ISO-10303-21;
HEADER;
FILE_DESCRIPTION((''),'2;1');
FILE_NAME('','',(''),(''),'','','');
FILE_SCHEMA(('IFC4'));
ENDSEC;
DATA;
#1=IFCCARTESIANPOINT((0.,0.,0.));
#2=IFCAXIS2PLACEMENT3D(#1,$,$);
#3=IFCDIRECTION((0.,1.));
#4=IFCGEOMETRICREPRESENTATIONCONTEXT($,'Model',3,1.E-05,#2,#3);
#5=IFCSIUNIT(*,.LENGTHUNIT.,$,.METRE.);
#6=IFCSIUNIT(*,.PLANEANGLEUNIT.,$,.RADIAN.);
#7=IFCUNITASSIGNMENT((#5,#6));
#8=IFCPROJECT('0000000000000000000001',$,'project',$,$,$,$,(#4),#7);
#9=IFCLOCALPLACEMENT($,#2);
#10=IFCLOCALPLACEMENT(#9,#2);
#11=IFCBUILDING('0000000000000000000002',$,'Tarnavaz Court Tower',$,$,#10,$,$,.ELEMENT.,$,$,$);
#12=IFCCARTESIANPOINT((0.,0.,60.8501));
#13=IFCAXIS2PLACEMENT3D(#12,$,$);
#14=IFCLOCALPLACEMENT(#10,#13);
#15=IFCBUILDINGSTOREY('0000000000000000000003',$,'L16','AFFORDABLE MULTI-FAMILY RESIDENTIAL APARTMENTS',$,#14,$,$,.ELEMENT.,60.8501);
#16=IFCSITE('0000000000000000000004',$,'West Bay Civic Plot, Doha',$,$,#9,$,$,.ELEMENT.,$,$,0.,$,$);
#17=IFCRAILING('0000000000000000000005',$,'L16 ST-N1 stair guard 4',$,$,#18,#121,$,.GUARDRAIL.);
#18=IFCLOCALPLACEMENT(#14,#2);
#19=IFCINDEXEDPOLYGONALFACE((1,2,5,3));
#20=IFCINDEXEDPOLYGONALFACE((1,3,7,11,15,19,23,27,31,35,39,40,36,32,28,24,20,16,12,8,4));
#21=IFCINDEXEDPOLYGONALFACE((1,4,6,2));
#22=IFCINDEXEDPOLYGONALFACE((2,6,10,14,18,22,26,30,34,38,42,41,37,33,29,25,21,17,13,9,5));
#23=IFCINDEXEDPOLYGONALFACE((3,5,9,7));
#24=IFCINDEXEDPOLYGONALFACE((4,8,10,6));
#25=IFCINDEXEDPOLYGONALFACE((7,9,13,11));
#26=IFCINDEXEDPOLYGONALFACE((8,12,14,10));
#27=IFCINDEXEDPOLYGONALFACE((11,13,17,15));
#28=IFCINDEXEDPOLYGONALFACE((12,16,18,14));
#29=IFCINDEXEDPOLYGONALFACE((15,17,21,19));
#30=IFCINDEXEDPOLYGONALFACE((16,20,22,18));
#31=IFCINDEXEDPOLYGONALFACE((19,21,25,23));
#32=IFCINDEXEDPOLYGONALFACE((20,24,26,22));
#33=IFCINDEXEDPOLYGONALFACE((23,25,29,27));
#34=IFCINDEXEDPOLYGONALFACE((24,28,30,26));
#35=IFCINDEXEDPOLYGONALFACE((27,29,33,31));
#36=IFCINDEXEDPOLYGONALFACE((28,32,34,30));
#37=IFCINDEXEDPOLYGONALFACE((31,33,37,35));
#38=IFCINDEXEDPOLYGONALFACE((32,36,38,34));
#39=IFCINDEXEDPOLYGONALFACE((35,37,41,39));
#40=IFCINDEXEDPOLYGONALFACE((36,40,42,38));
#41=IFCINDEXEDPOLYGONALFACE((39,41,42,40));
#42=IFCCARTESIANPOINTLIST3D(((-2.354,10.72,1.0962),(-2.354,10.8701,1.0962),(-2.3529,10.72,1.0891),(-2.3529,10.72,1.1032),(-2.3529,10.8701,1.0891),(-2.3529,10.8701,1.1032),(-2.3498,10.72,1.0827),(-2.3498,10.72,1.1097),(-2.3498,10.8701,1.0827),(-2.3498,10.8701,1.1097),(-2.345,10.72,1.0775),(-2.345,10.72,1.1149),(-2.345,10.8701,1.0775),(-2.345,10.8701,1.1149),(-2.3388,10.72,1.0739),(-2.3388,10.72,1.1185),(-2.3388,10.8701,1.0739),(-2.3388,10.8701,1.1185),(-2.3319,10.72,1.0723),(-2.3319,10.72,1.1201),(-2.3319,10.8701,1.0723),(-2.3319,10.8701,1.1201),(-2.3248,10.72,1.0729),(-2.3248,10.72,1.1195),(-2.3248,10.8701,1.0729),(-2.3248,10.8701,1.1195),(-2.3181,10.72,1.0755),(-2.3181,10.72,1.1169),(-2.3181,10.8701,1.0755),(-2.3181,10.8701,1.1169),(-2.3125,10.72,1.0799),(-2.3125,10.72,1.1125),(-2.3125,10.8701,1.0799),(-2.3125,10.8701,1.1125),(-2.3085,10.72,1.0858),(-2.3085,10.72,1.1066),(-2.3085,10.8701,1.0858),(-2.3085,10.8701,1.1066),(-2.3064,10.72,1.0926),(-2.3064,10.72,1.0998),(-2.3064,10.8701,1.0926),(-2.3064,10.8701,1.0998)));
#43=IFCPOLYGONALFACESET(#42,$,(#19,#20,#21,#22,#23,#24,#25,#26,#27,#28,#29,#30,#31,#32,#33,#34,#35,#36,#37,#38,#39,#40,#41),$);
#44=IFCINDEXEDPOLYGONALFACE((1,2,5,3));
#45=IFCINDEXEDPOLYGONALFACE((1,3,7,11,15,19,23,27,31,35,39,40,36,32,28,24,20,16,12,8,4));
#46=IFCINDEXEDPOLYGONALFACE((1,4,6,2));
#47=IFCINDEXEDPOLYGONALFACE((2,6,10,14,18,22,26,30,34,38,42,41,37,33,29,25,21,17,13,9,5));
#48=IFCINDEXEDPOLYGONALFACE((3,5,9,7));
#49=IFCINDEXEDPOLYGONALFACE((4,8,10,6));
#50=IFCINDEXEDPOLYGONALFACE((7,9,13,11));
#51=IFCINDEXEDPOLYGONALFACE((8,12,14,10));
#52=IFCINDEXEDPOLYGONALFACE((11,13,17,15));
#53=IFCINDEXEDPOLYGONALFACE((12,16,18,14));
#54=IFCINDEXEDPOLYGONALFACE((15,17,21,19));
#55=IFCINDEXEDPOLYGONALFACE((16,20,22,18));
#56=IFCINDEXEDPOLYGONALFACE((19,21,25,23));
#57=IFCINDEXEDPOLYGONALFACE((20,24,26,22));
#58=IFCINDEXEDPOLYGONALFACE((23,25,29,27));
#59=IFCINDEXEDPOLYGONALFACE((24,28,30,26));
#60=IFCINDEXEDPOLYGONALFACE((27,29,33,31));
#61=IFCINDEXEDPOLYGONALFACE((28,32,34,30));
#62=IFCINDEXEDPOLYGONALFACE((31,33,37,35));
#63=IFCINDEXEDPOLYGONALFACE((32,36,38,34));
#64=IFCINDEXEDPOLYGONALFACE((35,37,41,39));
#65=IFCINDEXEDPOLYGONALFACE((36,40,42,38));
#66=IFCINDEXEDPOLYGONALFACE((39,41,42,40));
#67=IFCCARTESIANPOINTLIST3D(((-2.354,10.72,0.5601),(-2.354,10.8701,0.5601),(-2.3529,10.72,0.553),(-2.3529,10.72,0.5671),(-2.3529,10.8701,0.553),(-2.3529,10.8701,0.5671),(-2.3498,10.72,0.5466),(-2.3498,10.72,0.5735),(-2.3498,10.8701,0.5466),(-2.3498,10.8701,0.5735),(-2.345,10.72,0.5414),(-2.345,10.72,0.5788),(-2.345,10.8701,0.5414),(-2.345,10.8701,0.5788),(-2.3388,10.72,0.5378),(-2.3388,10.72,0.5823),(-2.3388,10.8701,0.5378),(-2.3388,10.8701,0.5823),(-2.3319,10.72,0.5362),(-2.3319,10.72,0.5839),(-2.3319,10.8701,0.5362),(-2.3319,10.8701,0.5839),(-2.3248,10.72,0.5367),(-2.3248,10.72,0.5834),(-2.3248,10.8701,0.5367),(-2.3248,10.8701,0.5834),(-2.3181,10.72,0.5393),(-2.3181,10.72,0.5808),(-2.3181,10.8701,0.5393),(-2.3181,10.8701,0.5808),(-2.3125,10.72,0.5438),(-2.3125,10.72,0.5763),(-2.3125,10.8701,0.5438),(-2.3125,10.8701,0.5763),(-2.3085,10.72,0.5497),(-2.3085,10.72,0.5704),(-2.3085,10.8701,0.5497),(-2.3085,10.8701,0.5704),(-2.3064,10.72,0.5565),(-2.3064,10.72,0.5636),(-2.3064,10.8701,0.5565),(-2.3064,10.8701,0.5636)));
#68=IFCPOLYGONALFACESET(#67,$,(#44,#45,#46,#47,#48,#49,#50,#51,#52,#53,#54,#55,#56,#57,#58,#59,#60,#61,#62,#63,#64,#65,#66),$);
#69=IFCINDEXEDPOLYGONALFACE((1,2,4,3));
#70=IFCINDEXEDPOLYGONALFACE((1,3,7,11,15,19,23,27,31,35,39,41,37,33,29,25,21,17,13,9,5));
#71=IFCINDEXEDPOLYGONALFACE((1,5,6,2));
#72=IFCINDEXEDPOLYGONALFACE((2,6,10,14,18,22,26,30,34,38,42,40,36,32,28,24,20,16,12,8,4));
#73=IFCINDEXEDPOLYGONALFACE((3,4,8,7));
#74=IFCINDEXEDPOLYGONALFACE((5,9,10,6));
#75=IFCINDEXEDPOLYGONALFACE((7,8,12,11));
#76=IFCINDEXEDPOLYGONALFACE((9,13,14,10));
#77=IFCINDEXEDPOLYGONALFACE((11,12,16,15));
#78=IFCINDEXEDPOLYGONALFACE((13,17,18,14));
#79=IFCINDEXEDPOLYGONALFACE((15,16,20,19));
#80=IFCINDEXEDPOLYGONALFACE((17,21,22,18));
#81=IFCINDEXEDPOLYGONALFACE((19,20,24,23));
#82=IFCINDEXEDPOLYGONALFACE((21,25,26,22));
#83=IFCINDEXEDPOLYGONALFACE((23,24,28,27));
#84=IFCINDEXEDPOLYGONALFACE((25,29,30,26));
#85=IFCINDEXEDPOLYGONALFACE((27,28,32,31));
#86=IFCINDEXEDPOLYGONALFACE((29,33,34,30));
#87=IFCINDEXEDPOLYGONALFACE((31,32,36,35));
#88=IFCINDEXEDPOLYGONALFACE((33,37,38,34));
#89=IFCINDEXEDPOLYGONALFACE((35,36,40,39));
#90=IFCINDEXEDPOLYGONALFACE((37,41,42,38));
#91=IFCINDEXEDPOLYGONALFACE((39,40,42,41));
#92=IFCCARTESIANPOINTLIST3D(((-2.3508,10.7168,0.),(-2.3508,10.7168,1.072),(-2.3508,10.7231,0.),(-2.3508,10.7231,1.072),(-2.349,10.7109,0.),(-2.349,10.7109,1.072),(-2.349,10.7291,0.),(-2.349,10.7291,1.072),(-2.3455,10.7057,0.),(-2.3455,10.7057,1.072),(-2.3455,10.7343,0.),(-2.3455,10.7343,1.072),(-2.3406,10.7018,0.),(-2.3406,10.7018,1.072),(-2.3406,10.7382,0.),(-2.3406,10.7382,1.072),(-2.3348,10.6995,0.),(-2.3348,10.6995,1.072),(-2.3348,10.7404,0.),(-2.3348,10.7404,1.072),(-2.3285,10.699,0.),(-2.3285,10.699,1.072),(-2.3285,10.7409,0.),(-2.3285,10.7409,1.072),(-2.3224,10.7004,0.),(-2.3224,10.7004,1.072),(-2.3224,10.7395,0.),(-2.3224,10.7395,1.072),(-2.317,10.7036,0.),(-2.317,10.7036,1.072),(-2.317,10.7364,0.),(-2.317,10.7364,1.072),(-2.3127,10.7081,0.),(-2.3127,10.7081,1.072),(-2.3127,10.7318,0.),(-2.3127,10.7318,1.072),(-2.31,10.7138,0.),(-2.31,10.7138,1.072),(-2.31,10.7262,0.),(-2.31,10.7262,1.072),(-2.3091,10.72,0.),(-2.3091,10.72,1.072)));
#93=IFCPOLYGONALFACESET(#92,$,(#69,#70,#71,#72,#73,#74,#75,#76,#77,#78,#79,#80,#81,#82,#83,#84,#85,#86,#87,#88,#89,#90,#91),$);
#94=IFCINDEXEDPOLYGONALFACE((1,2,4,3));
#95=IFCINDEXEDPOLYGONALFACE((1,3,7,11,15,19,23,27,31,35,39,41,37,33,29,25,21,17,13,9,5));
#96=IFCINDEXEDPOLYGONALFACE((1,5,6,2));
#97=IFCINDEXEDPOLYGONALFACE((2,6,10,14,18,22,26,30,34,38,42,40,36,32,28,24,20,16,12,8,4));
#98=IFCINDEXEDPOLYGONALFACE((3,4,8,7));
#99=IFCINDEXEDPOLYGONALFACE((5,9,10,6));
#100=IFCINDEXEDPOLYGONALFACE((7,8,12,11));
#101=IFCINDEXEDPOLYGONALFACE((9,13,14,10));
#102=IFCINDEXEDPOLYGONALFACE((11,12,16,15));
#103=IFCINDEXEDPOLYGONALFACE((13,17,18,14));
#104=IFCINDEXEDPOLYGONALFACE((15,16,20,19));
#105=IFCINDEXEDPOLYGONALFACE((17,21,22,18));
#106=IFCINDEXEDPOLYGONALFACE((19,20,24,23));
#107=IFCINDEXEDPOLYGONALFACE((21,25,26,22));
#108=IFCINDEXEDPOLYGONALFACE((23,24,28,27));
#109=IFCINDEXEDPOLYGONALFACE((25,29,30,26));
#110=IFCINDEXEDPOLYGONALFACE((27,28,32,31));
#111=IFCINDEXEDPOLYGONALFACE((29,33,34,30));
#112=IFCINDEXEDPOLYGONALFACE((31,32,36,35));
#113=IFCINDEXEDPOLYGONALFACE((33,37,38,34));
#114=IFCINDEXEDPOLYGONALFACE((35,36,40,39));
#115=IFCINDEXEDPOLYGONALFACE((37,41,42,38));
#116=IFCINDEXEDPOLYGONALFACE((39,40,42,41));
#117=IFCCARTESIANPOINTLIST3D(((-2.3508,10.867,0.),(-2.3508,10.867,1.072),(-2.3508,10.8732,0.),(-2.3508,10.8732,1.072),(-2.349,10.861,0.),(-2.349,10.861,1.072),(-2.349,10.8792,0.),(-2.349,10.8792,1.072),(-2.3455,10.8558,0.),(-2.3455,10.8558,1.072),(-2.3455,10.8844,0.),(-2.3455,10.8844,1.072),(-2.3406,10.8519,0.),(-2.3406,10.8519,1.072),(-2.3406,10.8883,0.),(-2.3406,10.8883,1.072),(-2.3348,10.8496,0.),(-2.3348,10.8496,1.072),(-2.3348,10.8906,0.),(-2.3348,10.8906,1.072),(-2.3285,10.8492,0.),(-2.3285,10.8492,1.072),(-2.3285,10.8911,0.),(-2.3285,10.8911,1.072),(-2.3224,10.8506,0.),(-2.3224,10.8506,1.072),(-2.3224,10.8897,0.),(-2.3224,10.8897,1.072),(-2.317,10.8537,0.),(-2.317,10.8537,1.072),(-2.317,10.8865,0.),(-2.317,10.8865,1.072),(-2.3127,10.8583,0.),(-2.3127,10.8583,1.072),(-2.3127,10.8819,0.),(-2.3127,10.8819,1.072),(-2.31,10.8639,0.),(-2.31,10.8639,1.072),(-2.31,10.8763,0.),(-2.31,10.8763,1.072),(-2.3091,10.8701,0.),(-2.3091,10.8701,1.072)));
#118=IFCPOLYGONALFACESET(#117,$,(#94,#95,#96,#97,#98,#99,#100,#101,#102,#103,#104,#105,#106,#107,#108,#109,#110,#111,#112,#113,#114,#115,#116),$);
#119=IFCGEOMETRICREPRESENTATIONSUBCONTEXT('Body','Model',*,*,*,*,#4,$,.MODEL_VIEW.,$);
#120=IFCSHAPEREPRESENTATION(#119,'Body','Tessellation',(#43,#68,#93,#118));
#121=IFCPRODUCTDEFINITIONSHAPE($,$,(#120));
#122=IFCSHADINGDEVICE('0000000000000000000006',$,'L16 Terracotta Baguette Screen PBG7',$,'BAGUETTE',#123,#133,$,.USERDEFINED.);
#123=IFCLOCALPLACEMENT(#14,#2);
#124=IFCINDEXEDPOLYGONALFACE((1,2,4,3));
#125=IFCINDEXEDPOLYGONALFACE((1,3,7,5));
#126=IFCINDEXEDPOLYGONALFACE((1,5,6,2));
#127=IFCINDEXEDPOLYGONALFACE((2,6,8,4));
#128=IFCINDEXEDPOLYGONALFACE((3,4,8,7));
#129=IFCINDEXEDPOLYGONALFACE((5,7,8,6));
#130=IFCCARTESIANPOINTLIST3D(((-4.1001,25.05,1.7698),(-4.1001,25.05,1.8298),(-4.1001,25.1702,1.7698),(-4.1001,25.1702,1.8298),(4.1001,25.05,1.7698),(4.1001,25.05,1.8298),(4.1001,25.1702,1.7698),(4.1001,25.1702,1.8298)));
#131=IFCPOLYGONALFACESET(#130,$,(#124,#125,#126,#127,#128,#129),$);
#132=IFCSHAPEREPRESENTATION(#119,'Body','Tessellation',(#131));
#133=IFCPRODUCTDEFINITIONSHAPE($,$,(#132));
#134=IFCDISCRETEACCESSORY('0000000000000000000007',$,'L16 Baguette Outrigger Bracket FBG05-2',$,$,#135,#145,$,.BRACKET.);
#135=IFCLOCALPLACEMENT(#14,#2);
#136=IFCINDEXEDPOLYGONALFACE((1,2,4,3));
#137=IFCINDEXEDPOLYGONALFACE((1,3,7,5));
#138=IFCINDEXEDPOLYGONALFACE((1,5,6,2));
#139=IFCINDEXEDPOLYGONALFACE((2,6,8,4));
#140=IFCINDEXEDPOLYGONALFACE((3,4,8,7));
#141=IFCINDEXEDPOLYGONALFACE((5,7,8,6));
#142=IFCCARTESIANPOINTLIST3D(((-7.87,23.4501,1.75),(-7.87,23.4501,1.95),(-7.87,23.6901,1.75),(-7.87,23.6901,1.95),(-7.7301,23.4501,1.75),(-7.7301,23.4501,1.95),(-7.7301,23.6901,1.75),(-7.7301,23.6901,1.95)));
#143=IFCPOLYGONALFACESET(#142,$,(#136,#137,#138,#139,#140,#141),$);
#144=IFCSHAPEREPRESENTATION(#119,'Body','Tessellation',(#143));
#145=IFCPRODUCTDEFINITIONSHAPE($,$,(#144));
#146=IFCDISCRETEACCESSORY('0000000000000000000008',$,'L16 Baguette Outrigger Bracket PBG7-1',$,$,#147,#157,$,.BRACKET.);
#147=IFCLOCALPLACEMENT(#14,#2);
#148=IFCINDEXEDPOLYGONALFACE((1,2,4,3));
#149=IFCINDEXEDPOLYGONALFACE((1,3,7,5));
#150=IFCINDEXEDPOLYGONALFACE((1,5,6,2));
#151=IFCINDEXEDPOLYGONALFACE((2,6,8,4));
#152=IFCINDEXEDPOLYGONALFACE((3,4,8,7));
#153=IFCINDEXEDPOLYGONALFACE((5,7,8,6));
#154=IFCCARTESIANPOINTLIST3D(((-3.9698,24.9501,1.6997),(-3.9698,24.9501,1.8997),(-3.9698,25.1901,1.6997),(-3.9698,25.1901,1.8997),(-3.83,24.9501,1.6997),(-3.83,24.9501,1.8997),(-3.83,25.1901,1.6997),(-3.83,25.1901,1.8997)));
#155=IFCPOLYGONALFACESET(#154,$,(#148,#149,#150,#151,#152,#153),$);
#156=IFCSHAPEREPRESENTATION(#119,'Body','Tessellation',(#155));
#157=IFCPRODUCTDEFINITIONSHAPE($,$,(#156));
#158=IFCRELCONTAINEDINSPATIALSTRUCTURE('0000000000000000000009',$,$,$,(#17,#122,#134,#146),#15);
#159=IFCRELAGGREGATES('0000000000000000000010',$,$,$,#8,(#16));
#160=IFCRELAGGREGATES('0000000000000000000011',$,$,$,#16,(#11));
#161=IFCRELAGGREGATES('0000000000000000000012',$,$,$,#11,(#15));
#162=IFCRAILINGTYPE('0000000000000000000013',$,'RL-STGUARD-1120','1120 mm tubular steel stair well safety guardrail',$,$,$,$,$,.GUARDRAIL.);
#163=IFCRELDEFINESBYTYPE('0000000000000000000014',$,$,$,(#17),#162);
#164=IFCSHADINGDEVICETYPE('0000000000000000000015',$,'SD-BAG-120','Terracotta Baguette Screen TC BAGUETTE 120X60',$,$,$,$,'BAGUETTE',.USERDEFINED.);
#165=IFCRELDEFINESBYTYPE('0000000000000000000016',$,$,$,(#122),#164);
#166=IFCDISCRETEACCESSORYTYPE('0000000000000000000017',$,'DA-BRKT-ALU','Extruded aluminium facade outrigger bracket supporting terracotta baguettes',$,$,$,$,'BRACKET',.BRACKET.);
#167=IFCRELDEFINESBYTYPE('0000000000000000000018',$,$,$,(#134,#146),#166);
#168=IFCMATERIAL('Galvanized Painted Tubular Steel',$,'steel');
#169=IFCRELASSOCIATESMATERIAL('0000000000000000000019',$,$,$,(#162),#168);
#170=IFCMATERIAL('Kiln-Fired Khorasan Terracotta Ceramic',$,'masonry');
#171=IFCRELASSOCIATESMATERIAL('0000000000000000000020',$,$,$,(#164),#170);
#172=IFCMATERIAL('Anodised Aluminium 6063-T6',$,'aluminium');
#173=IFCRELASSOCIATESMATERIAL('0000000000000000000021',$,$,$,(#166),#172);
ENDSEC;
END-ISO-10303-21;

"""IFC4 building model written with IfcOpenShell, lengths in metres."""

from ifc_helpers import new_model, si_unit, direction, frame, origin, origin_2d, place, context, subcontext, project, spatial, rectangle, circle, extrude, material, material_profile, profile_set, type_object, element, save


model = new_model("IFC4")

# Units and contexts
model_context = context("Model", 3, precision=1e-05, world=origin(), true_north=direction((0.0, 1.0)))
body_context = subcontext(model_context, "Body", "Model", "MODEL_VIEW")
ifc_project = project(units=[si_unit("LENGTHUNIT", "METRE"), si_unit("PLANEANGLEUNIT", "RADIAN")], contexts=[model_context])

# Site, building, storey
site_placement = place(None, origin())
site = spatial("IfcSite", under=ifc_project, at=site_placement, Name="West Bay Civic Plot, Doha", CompositionType="ELEMENT", RefElevation=0.0)
building_placement = place(site_placement, origin())
building = spatial("IfcBuilding", under=site, at=building_placement, Name="Tarnavaz Court Tower", CompositionType="ELEMENT")
storey_placement = place(building_placement, frame((0.0, 0.0, 60.8501)))
storey = spatial("IfcBuildingStorey", under=building, at=storey_placement, Name="L16", Description="AFFORDABLE MULTI-FAMILY RESIDENTIAL APARTMENTS", CompositionType="ELEMENT", Elevation=60.8501)

# Shared definitions
ifc_material_1 = material(Name="Anodised Aluminium 6063-T6", Category="aluminium")

# Railing
ifc_material_2 = material(Name="Galvanized Painted Tubular Steel", Category="steel")
railing_type = type_object("IfcRailingType", Name="RL-STGUARD-1120", Description="1120 mm tubular steel stair well safety guardrail", PredefinedType="GUARDRAIL", material=ifc_material_2)
railing_1_placement = place(storey_placement, frame((-2.3301, 10.72, 0.0)))
element("IfcRailing", 1, at=railing_1_placement, inside=storey, type_object=railing_type, Name="L16 ST-N1 stair guard 4", PredefinedType="GUARDRAIL", context=body_context, shape_type="SweptSolid", body=[
    extrude(circle(Radius=0.0239, at=origin_2d()), frame((0.0, 0.0, 1.0962), z_axis=(0.0, 1.0, 0.0), x_axis=(-1.0, 0.0, 0.0)), (0.0, 0.0, 1.0), 0.1501),
    extrude(circle(Radius=0.0239, at=origin_2d()), frame((0.0, 0.0, 0.5601), z_axis=(0.0, 1.0, 0.0), x_axis=(-1.0, 0.0, 0.0)), (0.0, 0.0, 1.0), 0.1501),
    extrude(circle(Radius=0.021, at=origin_2d()), origin(), (0.0, 0.0, 1.0), 1.072),
    extrude(circle(Radius=0.021, at=origin_2d()), frame((0.0, 0.1501, 0.0)), (0.0, 0.0, 1.0), 1.072),
])

# Shading device
ifc_material_3 = material(Name="Kiln-Fired Khorasan Terracotta Ceramic", Category="masonry")
ifc_material_profile_1 = material_profile(ifc_material_3, rectangle(XDim=0.1201, YDim=0.0601, at=origin_2d()), Name="TC BAGUETTE 120X60")
ifc_profile_set_1 = profile_set([ifc_material_profile_1], Name="Kiln-Fired Khorasan Terracotta Ceramic")
shading_device_type = type_object("IfcShadingDeviceType", Name="SD-BAG-120", Description="Terracotta Baguette Screen TC BAGUETTE 120X60", ElementType="BAGUETTE", PredefinedType="USERDEFINED", material=ifc_profile_set_1)
shading_device_placement = place(storey_placement, frame((-4.1001, 25.1101, 1.7998), z_axis=(1.0, 0.0, 0.0), x_axis=(0.0, 1.0, 0.0)))
element("IfcShadingDevice", 2, at=shading_device_placement, inside=storey, type_object=shading_device_type, Name="L16 Terracotta Baguette Screen PBG7", ObjectType="BAGUETTE", PredefinedType="USERDEFINED", context=body_context, shape_type="SweptSolid", body=[
    extrude(rectangle(XDim=0.1201, YDim=0.0601, at=origin_2d()), origin(), (0.0, 0.0, 1.0), 8.2002),
])

# Discrete accessories
discrete_accessory_type = type_object("IfcDiscreteAccessoryType", Name="DA-BRKT-ALU", Description="Extruded aluminium facade outrigger bracket supporting terracotta baguettes", ElementType="BRACKET", PredefinedType="BRACKET", material=ifc_material_1)
for number, where, z_axis, x_axis, name in (
    (3, (-7.8, 23.5701, 1.75), (0.0, 0.0, 1.0), (1.0, 0.0, 0.0), "L16 Baguette Outrigger Bracket FBG05-2"),
    (4, (-3.8999, 25.0701, 1.6997), (0.0, 0.0, 1.0), (1.0, 0.0, 0.0), "L16 Baguette Outrigger Bracket PBG7-1"),
):
    element("IfcDiscreteAccessory", number, at=place(storey_placement, frame(where, z_axis=z_axis, x_axis=x_axis)), inside=storey, type_object=discrete_accessory_type, Name=name, PredefinedType="BRACKET", context=body_context, shape_type="SweptSolid", body=[
        extrude(rectangle(XDim=0.1399, YDim=0.24, at=origin_2d()), origin(), (0.0, 0.0, 1.0), 0.2),
    ])

save(model, "model.ifc")
